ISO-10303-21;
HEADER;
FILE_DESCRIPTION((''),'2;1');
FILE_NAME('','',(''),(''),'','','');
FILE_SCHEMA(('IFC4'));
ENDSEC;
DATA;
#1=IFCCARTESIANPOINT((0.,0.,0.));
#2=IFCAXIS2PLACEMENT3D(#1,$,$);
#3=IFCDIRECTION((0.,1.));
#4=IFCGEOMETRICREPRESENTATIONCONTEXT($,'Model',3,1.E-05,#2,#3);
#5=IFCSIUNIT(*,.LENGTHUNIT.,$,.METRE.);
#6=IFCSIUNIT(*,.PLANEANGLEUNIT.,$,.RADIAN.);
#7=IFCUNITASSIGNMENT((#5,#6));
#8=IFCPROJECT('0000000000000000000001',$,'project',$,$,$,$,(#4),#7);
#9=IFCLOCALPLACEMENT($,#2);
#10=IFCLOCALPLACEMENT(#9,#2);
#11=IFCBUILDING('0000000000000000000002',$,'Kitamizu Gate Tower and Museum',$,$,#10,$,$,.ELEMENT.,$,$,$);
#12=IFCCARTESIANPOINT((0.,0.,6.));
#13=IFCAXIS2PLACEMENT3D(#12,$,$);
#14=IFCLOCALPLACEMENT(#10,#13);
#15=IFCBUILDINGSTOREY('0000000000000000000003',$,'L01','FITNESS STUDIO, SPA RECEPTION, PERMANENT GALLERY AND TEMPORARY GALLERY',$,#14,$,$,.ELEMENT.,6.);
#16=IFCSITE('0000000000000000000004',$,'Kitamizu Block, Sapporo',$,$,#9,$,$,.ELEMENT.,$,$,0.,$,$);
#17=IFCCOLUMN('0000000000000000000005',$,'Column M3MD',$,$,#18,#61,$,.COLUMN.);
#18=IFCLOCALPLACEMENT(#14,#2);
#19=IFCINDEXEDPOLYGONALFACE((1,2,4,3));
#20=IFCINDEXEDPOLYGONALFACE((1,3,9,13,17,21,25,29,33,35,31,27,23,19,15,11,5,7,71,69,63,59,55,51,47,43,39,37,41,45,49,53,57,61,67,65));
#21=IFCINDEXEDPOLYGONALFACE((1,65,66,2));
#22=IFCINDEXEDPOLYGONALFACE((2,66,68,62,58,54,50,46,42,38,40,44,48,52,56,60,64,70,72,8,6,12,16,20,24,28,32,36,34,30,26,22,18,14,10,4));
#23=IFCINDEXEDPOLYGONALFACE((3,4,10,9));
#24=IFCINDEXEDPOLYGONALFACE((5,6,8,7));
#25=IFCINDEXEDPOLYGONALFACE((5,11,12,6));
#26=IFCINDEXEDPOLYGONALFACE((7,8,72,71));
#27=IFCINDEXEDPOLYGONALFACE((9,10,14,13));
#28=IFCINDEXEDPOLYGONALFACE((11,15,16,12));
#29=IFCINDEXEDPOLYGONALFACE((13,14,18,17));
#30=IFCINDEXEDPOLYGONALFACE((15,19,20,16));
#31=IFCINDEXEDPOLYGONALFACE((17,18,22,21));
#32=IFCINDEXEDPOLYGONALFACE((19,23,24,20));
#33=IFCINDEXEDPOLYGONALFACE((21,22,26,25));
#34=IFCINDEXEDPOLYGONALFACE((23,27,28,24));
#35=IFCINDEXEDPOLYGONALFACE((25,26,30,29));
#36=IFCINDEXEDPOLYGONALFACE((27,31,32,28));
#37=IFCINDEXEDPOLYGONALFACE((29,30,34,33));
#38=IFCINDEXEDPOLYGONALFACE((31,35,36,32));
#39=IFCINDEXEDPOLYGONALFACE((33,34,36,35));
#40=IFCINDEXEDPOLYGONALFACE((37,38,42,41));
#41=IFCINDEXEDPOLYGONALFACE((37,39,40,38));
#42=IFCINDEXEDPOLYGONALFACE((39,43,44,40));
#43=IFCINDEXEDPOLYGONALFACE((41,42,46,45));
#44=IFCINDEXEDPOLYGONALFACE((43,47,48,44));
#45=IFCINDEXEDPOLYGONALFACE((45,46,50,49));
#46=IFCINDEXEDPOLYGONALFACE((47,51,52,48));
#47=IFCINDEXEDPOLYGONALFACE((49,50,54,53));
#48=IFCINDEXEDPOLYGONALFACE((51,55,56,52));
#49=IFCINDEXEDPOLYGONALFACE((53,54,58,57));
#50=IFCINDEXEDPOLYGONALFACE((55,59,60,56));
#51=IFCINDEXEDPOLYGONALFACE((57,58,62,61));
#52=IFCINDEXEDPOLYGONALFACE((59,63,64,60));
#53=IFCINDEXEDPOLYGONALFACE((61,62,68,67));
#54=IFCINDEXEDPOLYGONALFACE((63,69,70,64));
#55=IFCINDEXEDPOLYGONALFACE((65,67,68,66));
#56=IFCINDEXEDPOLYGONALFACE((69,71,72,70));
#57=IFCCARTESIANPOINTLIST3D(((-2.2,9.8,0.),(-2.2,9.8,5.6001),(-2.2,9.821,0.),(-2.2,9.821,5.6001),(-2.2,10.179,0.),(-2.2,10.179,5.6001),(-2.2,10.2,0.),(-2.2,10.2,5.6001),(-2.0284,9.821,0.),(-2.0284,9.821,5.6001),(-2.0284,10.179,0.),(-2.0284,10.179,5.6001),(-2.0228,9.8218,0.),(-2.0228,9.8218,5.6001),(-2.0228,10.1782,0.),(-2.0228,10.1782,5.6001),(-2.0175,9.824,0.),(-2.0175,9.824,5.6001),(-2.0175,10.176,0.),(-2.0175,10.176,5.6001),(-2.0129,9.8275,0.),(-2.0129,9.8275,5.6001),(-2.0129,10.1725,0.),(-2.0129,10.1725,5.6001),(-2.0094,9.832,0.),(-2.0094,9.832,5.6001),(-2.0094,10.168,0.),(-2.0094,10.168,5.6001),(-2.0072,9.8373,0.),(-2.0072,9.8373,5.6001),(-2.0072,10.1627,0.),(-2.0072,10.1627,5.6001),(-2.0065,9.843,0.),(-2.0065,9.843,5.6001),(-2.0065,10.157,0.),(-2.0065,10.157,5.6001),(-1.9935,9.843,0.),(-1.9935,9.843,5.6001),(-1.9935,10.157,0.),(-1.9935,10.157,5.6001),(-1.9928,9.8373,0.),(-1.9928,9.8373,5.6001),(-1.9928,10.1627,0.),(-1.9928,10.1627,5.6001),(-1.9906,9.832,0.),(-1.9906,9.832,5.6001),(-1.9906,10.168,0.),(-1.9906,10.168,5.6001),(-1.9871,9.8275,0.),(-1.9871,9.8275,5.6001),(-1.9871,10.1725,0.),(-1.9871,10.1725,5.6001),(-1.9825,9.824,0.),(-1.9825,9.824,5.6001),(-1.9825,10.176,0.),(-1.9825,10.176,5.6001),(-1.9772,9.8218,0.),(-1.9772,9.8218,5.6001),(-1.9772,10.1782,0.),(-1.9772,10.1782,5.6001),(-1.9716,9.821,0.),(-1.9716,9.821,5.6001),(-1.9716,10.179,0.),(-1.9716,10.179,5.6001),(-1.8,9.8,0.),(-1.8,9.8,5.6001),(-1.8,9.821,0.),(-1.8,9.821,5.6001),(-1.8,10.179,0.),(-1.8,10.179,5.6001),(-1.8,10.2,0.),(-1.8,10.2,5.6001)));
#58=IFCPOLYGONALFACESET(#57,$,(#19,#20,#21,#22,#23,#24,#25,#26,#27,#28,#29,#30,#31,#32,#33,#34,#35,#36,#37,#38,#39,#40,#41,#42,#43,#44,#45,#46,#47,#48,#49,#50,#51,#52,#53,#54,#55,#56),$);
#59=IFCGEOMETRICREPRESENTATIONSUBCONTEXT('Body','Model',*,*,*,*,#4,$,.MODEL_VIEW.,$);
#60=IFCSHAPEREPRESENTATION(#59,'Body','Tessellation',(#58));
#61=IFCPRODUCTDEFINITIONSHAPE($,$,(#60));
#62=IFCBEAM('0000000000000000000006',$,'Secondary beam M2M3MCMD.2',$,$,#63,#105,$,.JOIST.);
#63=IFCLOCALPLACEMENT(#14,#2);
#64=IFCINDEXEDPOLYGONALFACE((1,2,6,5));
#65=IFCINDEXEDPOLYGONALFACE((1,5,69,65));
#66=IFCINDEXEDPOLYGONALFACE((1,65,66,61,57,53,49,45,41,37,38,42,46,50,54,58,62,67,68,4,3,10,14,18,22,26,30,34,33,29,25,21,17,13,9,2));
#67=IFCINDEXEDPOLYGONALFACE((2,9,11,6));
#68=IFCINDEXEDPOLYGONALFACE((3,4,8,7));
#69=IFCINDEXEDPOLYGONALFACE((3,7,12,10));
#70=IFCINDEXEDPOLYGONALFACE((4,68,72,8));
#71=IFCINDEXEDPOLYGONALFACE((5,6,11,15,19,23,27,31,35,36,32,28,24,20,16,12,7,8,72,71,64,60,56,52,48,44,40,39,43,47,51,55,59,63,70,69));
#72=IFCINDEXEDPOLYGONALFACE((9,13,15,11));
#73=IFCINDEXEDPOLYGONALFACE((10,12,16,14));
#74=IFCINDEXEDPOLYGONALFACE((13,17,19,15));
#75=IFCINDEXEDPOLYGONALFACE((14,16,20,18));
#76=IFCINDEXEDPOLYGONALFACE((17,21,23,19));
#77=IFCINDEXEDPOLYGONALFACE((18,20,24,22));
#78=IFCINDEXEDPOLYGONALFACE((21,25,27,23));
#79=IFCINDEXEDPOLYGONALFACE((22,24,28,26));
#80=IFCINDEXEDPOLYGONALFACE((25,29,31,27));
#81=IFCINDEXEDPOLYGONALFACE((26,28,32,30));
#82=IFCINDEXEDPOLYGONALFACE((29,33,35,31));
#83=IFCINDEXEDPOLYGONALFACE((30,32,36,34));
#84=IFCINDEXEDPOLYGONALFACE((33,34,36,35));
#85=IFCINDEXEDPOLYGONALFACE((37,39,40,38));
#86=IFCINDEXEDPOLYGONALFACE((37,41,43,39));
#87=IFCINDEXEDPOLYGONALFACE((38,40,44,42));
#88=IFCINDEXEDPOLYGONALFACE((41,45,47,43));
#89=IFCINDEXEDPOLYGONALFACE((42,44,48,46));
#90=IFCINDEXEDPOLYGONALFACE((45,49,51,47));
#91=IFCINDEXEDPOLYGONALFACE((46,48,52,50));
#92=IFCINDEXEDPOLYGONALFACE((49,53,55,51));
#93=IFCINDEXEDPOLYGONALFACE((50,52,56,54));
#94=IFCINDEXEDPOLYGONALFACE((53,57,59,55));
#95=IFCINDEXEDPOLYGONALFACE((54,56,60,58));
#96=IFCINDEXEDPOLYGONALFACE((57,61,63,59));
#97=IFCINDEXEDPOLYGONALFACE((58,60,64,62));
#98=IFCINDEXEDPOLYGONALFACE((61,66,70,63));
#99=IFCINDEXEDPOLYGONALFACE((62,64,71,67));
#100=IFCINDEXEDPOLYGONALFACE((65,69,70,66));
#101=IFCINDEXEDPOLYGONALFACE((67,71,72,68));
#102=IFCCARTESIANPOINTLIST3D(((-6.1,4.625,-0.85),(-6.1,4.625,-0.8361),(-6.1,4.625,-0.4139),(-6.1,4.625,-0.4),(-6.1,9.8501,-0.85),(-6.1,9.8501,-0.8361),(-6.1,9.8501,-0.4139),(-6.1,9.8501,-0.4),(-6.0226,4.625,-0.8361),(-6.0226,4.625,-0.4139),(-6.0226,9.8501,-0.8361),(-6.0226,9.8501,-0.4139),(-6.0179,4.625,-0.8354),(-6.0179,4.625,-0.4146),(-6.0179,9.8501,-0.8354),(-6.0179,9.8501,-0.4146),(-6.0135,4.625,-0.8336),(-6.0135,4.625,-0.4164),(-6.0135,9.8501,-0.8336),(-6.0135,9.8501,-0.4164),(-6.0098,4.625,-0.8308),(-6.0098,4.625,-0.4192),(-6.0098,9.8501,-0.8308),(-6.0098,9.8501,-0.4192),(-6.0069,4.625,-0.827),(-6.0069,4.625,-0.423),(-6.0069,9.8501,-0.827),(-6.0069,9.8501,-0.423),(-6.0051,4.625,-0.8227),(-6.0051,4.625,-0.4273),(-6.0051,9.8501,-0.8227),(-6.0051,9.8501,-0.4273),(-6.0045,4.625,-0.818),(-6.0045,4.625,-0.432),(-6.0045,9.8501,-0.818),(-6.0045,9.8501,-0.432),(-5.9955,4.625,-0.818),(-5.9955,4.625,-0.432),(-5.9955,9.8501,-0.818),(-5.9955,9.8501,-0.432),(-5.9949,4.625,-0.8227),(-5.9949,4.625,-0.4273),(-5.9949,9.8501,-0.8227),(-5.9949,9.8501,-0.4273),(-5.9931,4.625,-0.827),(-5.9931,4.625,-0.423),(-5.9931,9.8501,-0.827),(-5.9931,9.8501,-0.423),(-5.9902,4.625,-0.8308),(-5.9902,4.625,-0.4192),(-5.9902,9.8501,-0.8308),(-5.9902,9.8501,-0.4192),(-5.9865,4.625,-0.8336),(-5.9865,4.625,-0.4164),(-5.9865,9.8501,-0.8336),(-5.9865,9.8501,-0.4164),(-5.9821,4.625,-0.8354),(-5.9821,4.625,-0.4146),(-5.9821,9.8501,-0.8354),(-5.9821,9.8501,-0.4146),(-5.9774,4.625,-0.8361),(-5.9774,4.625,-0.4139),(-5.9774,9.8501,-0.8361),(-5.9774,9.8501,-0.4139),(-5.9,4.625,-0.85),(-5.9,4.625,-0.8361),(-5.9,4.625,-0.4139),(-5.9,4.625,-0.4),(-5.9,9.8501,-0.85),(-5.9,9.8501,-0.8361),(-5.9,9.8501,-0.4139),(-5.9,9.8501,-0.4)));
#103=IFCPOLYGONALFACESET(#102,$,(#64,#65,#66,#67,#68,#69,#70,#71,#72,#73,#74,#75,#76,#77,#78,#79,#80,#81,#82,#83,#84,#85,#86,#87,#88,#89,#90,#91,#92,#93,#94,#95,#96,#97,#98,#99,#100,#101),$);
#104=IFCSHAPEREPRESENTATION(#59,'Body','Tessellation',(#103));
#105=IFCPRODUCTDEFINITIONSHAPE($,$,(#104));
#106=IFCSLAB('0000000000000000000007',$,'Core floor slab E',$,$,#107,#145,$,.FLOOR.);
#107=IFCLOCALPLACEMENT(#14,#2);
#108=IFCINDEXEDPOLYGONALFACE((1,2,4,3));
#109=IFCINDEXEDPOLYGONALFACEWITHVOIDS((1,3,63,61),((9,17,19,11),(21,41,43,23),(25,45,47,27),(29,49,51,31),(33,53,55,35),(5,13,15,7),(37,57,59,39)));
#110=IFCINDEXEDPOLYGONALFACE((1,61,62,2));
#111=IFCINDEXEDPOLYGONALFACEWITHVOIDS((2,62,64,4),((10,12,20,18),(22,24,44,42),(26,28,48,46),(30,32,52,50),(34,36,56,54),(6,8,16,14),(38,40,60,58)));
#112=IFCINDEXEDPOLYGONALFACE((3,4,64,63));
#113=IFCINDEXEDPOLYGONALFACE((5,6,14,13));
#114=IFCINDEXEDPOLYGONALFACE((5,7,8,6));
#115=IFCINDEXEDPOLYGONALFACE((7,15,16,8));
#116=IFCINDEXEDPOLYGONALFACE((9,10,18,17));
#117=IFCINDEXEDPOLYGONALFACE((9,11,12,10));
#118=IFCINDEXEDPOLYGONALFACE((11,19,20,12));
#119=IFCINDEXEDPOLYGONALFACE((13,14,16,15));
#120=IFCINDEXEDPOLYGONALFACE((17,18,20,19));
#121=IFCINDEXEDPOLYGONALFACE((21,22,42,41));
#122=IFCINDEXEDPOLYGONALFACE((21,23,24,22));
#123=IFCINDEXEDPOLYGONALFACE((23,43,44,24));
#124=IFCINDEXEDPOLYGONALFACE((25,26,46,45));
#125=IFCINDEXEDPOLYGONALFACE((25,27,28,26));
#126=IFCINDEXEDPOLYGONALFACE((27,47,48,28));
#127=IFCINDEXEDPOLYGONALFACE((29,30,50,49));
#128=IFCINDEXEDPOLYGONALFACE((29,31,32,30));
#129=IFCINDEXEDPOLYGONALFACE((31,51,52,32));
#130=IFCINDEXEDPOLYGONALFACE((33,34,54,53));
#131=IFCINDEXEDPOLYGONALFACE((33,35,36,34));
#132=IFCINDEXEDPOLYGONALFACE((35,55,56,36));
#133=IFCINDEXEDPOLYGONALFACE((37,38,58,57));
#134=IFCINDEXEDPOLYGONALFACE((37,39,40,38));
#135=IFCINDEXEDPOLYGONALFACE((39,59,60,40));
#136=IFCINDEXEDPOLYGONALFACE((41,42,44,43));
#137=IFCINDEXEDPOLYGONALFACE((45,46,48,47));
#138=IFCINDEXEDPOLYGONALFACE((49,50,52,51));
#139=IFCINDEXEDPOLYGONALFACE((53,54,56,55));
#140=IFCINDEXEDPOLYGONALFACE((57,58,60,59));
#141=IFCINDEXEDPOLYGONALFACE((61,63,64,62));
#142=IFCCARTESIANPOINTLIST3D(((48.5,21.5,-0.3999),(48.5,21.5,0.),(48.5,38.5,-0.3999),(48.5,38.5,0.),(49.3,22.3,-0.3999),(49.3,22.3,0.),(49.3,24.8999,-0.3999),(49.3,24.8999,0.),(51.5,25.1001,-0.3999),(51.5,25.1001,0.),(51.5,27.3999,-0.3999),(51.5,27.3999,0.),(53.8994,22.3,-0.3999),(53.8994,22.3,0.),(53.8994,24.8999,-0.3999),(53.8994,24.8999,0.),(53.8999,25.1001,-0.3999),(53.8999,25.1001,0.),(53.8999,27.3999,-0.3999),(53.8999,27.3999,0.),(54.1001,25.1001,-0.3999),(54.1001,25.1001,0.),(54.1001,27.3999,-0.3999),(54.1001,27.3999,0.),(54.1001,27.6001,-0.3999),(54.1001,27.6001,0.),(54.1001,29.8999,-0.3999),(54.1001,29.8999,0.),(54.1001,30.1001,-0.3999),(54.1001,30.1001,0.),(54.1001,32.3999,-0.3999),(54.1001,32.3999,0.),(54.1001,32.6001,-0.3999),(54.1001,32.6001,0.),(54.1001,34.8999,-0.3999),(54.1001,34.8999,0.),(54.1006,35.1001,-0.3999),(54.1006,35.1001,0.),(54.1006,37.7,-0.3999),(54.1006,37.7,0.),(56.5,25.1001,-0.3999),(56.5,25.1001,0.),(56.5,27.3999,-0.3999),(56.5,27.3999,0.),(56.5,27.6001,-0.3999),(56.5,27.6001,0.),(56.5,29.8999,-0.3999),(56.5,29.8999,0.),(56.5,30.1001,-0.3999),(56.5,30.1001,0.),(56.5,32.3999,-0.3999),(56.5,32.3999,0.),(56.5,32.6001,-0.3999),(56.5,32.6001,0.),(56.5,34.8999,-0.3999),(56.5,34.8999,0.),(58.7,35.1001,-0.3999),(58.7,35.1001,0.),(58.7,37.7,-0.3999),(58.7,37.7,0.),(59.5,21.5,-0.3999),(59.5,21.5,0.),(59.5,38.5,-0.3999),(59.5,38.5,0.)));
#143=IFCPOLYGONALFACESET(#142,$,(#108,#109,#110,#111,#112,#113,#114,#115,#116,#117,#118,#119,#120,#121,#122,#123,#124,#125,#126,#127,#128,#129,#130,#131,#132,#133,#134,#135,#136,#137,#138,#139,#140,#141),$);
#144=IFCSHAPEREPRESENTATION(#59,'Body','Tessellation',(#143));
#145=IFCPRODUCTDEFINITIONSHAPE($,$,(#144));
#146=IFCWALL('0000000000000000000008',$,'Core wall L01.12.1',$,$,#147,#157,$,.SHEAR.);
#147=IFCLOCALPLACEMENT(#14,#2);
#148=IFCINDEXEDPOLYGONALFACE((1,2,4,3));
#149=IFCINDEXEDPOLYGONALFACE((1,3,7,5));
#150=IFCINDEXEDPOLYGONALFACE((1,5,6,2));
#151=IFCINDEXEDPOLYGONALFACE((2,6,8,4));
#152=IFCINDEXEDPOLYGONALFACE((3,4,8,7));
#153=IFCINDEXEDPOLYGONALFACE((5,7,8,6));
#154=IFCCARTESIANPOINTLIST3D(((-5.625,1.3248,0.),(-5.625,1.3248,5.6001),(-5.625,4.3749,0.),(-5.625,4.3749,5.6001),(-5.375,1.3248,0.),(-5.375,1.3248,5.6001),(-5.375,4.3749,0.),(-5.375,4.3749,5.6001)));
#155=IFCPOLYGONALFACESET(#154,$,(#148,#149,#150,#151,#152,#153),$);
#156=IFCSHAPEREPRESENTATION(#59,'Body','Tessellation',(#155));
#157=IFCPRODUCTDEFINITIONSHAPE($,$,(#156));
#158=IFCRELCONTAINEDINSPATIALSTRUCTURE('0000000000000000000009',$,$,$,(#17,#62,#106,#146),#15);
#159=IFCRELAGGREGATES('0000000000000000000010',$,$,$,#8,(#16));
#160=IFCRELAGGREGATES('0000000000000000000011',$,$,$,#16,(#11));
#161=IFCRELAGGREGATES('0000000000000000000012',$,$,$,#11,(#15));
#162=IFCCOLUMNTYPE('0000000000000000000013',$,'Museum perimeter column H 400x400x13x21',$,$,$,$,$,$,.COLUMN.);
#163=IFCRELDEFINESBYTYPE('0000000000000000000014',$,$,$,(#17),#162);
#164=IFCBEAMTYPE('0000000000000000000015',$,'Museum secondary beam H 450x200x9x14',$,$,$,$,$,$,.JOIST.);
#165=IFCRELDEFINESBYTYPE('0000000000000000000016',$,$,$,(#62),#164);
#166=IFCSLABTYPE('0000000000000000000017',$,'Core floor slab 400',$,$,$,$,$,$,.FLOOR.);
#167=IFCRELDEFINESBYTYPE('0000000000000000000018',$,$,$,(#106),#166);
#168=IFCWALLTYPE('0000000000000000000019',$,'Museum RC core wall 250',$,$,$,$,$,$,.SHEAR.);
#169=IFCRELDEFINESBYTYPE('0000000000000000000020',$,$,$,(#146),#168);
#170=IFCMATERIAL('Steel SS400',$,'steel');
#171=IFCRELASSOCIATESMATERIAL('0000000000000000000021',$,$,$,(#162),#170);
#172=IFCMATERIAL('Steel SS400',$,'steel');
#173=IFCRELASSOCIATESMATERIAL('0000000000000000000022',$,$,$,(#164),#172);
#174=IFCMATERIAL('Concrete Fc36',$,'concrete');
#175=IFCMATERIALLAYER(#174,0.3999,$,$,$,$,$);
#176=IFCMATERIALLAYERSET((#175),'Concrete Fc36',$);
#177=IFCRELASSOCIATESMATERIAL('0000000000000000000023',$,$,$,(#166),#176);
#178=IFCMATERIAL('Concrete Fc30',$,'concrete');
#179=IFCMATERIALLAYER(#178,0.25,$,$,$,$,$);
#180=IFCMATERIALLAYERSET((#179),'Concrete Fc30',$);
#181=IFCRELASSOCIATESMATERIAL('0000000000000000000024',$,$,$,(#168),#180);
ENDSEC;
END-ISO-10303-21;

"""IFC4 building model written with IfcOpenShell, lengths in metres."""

from ifc_helpers import new_model, si_unit, direction, frame, frame_2d, origin, origin_2d, place, context, subcontext, project, spatial, polyline, rectangle, i_section, outline, extrude, material, layer, layer_set, material_profile, profile_set, type_object, element, save


model = new_model("IFC4")

# Units and contexts
model_context = context("Model", 3, precision=1e-05, world=origin(), true_north=direction((0.0, 1.0)))
body_context = subcontext(model_context, "Body", "Model", "MODEL_VIEW")
ifc_project = project(units=[si_unit("LENGTHUNIT", "METRE"), si_unit("PLANEANGLEUNIT", "RADIAN")], contexts=[model_context])

# Site, building, storey
site_placement = place(None, origin())
site = spatial("IfcSite", under=ifc_project, at=site_placement, Name="Kitamizu Block, Sapporo", CompositionType="ELEMENT", RefElevation=0.0)
building_placement = place(site_placement, origin())
building = spatial("IfcBuilding", under=site, at=building_placement, Name="Kitamizu Gate Tower and Museum", CompositionType="ELEMENT")
storey_placement = place(building_placement, frame((0.0, 0.0, 6.0)))
storey = spatial("IfcBuildingStorey", under=building, at=storey_placement, Name="L01", Description="FITNESS STUDIO, SPA RECEPTION, PERMANENT GALLERY AND TEMPORARY GALLERY", CompositionType="ELEMENT", Elevation=6.0)

# Column
ifc_material_1 = material(Name="Steel SS400", Category="steel")
ifc_material_profile_1 = material_profile(ifc_material_1, i_section(OverallWidth=0.3999, OverallDepth=0.3999, WebThickness=0.0129, FlangeThickness=0.021, FilletRadius=0.022, at=origin_2d()), Name="H-400x400x13x21")
ifc_profile_set_1 = profile_set([ifc_material_profile_1], Name="Steel SS400")
column_type = type_object("IfcColumnType", Name="Museum perimeter column H 400x400x13x21", PredefinedType="COLUMN", material=ifc_profile_set_1)
column_placement = place(storey_placement, frame((-2.0, 10.0, 0.0), z_axis=(0.0, 0.0, 1.0), x_axis=(1.0, 0.0, 0.0)))
element("IfcColumn", 1, at=column_placement, inside=storey, type_object=column_type, Name="Column M3MD", PredefinedType="COLUMN", context=body_context, shape_type="SweptSolid", body=[
    extrude(i_section(OverallWidth=0.3999, OverallDepth=0.3999, WebThickness=0.0129, FlangeThickness=0.021, FilletRadius=0.022, at=origin_2d()), origin(), (0.0, 0.0, 1.0), 5.6001),
])

# Beam
ifc_material_2 = material(Name="Steel SS400", Category="steel")
ifc_material_profile_2 = material_profile(ifc_material_2, i_section(OverallWidth=0.2, OverallDepth=0.45, WebThickness=0.009, FlangeThickness=0.0139, FilletRadius=0.0181, at=origin_2d()), Name="H-450x200x9x14")
ifc_profile_set_2 = profile_set([ifc_material_profile_2], Name="Steel SS400")
beam_type = type_object("IfcBeamType", Name="Museum secondary beam H 450x200x9x14", PredefinedType="JOIST", material=ifc_profile_set_2)
beam_placement = place(storey_placement, frame((-6.0, 4.625, -0.625), z_axis=(0.0, 1.0, 0.0), x_axis=(-1.0, 0.0, 0.0)))
element("IfcBeam", 2, at=beam_placement, inside=storey, type_object=beam_type, Name="Secondary beam M2M3MCMD.2", PredefinedType="JOIST", context=body_context, shape_type="SweptSolid", body=[
    extrude(i_section(OverallWidth=0.2, OverallDepth=0.45, WebThickness=0.009, FlangeThickness=0.0139, FilletRadius=0.0181, at=origin_2d()), origin(), (0.0, 0.0, 1.0), 5.2251),
])

# Slab
ifc_material_3 = material(Name="Concrete Fc36", Category="concrete")
ifc_layer_1 = layer(ifc_material_3, 0.3999)
ifc_layer_set_1 = layer_set([ifc_layer_1], Name="Concrete Fc36")
slab_type = type_object("IfcSlabType", Name="Core floor slab 400", PredefinedType="FLOOR", material=ifc_layer_set_1)
slab_placement = place(storey_placement, frame((0.0, 0.0, -0.3999)))
element("IfcSlab", 3, at=slab_placement, inside=storey, type_object=slab_type, Name="Core floor slab E", PredefinedType="FLOOR", context=body_context, shape_type="SweptSolid", body=[
    extrude(outline(polyline([(48.5, 21.5), (59.5, 21.5), (59.5, 38.5), (48.5, 38.5), (48.5, 21.5)]), holes=[polyline([(54.1001, 25.1001), (56.5, 25.1001), (56.5, 27.3999), (54.1001, 27.3999), (54.1001, 25.1001)]), polyline([(54.1001, 27.6001), (56.5, 27.6001), (56.5, 29.8999), (54.1001, 29.8999), (54.1001, 27.6001)]), polyline([(54.1001, 30.1001), (56.5, 30.1001), (56.5, 32.3999), (54.1001, 32.3999), (54.1001, 30.1001)]), polyline([(54.1001, 32.6001), (56.5, 32.6001), (56.5, 34.8999), (54.1001, 34.8999), (54.1001, 32.6001)]), polyline([(51.5, 25.1001), (53.8999, 25.1001), (53.8999, 27.3999), (51.5, 27.3999), (51.5, 25.1001)]), polyline([(49.3, 22.3), (53.8994, 22.3), (53.8994, 24.8999), (49.3, 24.8999), (49.3, 22.3)]), polyline([(54.1006, 35.1001), (58.7, 35.1001), (58.7, 37.7), (54.1006, 37.7), (54.1006, 35.1001)])]), origin(), (0.0, 0.0, 1.0), 0.3999),
])

# Wall
ifc_material_4 = material(Name="Concrete Fc30", Category="concrete")
ifc_layer_2 = layer(ifc_material_4, 0.25)
ifc_layer_set_2 = layer_set([ifc_layer_2], Name="Concrete Fc30")
wall_type_1 = type_object("IfcWallType", Name="Museum RC core wall 250", PredefinedType="SHEAR", material=ifc_layer_set_2)
wall_1_placement = place(storey_placement, frame((-5.5, 1.325, 0.0), z_axis=(0.0, 0.0, 1.0), x_axis=(0.0, 1.0, 0.0)))
element("IfcWall", 4, at=wall_1_placement, inside=storey, type_object=wall_type_1, Name="Core wall L01.12.1", PredefinedType="SHEAR", context=body_context, shape_type="SweptSolid", body=[
    extrude(rectangle(XDim=3.05, YDim=0.25, at=frame_2d((1.5249, 0.0))), origin(), (0.0, 0.0, 1.0), 5.6001),
])

save(model, "model.ifc")
